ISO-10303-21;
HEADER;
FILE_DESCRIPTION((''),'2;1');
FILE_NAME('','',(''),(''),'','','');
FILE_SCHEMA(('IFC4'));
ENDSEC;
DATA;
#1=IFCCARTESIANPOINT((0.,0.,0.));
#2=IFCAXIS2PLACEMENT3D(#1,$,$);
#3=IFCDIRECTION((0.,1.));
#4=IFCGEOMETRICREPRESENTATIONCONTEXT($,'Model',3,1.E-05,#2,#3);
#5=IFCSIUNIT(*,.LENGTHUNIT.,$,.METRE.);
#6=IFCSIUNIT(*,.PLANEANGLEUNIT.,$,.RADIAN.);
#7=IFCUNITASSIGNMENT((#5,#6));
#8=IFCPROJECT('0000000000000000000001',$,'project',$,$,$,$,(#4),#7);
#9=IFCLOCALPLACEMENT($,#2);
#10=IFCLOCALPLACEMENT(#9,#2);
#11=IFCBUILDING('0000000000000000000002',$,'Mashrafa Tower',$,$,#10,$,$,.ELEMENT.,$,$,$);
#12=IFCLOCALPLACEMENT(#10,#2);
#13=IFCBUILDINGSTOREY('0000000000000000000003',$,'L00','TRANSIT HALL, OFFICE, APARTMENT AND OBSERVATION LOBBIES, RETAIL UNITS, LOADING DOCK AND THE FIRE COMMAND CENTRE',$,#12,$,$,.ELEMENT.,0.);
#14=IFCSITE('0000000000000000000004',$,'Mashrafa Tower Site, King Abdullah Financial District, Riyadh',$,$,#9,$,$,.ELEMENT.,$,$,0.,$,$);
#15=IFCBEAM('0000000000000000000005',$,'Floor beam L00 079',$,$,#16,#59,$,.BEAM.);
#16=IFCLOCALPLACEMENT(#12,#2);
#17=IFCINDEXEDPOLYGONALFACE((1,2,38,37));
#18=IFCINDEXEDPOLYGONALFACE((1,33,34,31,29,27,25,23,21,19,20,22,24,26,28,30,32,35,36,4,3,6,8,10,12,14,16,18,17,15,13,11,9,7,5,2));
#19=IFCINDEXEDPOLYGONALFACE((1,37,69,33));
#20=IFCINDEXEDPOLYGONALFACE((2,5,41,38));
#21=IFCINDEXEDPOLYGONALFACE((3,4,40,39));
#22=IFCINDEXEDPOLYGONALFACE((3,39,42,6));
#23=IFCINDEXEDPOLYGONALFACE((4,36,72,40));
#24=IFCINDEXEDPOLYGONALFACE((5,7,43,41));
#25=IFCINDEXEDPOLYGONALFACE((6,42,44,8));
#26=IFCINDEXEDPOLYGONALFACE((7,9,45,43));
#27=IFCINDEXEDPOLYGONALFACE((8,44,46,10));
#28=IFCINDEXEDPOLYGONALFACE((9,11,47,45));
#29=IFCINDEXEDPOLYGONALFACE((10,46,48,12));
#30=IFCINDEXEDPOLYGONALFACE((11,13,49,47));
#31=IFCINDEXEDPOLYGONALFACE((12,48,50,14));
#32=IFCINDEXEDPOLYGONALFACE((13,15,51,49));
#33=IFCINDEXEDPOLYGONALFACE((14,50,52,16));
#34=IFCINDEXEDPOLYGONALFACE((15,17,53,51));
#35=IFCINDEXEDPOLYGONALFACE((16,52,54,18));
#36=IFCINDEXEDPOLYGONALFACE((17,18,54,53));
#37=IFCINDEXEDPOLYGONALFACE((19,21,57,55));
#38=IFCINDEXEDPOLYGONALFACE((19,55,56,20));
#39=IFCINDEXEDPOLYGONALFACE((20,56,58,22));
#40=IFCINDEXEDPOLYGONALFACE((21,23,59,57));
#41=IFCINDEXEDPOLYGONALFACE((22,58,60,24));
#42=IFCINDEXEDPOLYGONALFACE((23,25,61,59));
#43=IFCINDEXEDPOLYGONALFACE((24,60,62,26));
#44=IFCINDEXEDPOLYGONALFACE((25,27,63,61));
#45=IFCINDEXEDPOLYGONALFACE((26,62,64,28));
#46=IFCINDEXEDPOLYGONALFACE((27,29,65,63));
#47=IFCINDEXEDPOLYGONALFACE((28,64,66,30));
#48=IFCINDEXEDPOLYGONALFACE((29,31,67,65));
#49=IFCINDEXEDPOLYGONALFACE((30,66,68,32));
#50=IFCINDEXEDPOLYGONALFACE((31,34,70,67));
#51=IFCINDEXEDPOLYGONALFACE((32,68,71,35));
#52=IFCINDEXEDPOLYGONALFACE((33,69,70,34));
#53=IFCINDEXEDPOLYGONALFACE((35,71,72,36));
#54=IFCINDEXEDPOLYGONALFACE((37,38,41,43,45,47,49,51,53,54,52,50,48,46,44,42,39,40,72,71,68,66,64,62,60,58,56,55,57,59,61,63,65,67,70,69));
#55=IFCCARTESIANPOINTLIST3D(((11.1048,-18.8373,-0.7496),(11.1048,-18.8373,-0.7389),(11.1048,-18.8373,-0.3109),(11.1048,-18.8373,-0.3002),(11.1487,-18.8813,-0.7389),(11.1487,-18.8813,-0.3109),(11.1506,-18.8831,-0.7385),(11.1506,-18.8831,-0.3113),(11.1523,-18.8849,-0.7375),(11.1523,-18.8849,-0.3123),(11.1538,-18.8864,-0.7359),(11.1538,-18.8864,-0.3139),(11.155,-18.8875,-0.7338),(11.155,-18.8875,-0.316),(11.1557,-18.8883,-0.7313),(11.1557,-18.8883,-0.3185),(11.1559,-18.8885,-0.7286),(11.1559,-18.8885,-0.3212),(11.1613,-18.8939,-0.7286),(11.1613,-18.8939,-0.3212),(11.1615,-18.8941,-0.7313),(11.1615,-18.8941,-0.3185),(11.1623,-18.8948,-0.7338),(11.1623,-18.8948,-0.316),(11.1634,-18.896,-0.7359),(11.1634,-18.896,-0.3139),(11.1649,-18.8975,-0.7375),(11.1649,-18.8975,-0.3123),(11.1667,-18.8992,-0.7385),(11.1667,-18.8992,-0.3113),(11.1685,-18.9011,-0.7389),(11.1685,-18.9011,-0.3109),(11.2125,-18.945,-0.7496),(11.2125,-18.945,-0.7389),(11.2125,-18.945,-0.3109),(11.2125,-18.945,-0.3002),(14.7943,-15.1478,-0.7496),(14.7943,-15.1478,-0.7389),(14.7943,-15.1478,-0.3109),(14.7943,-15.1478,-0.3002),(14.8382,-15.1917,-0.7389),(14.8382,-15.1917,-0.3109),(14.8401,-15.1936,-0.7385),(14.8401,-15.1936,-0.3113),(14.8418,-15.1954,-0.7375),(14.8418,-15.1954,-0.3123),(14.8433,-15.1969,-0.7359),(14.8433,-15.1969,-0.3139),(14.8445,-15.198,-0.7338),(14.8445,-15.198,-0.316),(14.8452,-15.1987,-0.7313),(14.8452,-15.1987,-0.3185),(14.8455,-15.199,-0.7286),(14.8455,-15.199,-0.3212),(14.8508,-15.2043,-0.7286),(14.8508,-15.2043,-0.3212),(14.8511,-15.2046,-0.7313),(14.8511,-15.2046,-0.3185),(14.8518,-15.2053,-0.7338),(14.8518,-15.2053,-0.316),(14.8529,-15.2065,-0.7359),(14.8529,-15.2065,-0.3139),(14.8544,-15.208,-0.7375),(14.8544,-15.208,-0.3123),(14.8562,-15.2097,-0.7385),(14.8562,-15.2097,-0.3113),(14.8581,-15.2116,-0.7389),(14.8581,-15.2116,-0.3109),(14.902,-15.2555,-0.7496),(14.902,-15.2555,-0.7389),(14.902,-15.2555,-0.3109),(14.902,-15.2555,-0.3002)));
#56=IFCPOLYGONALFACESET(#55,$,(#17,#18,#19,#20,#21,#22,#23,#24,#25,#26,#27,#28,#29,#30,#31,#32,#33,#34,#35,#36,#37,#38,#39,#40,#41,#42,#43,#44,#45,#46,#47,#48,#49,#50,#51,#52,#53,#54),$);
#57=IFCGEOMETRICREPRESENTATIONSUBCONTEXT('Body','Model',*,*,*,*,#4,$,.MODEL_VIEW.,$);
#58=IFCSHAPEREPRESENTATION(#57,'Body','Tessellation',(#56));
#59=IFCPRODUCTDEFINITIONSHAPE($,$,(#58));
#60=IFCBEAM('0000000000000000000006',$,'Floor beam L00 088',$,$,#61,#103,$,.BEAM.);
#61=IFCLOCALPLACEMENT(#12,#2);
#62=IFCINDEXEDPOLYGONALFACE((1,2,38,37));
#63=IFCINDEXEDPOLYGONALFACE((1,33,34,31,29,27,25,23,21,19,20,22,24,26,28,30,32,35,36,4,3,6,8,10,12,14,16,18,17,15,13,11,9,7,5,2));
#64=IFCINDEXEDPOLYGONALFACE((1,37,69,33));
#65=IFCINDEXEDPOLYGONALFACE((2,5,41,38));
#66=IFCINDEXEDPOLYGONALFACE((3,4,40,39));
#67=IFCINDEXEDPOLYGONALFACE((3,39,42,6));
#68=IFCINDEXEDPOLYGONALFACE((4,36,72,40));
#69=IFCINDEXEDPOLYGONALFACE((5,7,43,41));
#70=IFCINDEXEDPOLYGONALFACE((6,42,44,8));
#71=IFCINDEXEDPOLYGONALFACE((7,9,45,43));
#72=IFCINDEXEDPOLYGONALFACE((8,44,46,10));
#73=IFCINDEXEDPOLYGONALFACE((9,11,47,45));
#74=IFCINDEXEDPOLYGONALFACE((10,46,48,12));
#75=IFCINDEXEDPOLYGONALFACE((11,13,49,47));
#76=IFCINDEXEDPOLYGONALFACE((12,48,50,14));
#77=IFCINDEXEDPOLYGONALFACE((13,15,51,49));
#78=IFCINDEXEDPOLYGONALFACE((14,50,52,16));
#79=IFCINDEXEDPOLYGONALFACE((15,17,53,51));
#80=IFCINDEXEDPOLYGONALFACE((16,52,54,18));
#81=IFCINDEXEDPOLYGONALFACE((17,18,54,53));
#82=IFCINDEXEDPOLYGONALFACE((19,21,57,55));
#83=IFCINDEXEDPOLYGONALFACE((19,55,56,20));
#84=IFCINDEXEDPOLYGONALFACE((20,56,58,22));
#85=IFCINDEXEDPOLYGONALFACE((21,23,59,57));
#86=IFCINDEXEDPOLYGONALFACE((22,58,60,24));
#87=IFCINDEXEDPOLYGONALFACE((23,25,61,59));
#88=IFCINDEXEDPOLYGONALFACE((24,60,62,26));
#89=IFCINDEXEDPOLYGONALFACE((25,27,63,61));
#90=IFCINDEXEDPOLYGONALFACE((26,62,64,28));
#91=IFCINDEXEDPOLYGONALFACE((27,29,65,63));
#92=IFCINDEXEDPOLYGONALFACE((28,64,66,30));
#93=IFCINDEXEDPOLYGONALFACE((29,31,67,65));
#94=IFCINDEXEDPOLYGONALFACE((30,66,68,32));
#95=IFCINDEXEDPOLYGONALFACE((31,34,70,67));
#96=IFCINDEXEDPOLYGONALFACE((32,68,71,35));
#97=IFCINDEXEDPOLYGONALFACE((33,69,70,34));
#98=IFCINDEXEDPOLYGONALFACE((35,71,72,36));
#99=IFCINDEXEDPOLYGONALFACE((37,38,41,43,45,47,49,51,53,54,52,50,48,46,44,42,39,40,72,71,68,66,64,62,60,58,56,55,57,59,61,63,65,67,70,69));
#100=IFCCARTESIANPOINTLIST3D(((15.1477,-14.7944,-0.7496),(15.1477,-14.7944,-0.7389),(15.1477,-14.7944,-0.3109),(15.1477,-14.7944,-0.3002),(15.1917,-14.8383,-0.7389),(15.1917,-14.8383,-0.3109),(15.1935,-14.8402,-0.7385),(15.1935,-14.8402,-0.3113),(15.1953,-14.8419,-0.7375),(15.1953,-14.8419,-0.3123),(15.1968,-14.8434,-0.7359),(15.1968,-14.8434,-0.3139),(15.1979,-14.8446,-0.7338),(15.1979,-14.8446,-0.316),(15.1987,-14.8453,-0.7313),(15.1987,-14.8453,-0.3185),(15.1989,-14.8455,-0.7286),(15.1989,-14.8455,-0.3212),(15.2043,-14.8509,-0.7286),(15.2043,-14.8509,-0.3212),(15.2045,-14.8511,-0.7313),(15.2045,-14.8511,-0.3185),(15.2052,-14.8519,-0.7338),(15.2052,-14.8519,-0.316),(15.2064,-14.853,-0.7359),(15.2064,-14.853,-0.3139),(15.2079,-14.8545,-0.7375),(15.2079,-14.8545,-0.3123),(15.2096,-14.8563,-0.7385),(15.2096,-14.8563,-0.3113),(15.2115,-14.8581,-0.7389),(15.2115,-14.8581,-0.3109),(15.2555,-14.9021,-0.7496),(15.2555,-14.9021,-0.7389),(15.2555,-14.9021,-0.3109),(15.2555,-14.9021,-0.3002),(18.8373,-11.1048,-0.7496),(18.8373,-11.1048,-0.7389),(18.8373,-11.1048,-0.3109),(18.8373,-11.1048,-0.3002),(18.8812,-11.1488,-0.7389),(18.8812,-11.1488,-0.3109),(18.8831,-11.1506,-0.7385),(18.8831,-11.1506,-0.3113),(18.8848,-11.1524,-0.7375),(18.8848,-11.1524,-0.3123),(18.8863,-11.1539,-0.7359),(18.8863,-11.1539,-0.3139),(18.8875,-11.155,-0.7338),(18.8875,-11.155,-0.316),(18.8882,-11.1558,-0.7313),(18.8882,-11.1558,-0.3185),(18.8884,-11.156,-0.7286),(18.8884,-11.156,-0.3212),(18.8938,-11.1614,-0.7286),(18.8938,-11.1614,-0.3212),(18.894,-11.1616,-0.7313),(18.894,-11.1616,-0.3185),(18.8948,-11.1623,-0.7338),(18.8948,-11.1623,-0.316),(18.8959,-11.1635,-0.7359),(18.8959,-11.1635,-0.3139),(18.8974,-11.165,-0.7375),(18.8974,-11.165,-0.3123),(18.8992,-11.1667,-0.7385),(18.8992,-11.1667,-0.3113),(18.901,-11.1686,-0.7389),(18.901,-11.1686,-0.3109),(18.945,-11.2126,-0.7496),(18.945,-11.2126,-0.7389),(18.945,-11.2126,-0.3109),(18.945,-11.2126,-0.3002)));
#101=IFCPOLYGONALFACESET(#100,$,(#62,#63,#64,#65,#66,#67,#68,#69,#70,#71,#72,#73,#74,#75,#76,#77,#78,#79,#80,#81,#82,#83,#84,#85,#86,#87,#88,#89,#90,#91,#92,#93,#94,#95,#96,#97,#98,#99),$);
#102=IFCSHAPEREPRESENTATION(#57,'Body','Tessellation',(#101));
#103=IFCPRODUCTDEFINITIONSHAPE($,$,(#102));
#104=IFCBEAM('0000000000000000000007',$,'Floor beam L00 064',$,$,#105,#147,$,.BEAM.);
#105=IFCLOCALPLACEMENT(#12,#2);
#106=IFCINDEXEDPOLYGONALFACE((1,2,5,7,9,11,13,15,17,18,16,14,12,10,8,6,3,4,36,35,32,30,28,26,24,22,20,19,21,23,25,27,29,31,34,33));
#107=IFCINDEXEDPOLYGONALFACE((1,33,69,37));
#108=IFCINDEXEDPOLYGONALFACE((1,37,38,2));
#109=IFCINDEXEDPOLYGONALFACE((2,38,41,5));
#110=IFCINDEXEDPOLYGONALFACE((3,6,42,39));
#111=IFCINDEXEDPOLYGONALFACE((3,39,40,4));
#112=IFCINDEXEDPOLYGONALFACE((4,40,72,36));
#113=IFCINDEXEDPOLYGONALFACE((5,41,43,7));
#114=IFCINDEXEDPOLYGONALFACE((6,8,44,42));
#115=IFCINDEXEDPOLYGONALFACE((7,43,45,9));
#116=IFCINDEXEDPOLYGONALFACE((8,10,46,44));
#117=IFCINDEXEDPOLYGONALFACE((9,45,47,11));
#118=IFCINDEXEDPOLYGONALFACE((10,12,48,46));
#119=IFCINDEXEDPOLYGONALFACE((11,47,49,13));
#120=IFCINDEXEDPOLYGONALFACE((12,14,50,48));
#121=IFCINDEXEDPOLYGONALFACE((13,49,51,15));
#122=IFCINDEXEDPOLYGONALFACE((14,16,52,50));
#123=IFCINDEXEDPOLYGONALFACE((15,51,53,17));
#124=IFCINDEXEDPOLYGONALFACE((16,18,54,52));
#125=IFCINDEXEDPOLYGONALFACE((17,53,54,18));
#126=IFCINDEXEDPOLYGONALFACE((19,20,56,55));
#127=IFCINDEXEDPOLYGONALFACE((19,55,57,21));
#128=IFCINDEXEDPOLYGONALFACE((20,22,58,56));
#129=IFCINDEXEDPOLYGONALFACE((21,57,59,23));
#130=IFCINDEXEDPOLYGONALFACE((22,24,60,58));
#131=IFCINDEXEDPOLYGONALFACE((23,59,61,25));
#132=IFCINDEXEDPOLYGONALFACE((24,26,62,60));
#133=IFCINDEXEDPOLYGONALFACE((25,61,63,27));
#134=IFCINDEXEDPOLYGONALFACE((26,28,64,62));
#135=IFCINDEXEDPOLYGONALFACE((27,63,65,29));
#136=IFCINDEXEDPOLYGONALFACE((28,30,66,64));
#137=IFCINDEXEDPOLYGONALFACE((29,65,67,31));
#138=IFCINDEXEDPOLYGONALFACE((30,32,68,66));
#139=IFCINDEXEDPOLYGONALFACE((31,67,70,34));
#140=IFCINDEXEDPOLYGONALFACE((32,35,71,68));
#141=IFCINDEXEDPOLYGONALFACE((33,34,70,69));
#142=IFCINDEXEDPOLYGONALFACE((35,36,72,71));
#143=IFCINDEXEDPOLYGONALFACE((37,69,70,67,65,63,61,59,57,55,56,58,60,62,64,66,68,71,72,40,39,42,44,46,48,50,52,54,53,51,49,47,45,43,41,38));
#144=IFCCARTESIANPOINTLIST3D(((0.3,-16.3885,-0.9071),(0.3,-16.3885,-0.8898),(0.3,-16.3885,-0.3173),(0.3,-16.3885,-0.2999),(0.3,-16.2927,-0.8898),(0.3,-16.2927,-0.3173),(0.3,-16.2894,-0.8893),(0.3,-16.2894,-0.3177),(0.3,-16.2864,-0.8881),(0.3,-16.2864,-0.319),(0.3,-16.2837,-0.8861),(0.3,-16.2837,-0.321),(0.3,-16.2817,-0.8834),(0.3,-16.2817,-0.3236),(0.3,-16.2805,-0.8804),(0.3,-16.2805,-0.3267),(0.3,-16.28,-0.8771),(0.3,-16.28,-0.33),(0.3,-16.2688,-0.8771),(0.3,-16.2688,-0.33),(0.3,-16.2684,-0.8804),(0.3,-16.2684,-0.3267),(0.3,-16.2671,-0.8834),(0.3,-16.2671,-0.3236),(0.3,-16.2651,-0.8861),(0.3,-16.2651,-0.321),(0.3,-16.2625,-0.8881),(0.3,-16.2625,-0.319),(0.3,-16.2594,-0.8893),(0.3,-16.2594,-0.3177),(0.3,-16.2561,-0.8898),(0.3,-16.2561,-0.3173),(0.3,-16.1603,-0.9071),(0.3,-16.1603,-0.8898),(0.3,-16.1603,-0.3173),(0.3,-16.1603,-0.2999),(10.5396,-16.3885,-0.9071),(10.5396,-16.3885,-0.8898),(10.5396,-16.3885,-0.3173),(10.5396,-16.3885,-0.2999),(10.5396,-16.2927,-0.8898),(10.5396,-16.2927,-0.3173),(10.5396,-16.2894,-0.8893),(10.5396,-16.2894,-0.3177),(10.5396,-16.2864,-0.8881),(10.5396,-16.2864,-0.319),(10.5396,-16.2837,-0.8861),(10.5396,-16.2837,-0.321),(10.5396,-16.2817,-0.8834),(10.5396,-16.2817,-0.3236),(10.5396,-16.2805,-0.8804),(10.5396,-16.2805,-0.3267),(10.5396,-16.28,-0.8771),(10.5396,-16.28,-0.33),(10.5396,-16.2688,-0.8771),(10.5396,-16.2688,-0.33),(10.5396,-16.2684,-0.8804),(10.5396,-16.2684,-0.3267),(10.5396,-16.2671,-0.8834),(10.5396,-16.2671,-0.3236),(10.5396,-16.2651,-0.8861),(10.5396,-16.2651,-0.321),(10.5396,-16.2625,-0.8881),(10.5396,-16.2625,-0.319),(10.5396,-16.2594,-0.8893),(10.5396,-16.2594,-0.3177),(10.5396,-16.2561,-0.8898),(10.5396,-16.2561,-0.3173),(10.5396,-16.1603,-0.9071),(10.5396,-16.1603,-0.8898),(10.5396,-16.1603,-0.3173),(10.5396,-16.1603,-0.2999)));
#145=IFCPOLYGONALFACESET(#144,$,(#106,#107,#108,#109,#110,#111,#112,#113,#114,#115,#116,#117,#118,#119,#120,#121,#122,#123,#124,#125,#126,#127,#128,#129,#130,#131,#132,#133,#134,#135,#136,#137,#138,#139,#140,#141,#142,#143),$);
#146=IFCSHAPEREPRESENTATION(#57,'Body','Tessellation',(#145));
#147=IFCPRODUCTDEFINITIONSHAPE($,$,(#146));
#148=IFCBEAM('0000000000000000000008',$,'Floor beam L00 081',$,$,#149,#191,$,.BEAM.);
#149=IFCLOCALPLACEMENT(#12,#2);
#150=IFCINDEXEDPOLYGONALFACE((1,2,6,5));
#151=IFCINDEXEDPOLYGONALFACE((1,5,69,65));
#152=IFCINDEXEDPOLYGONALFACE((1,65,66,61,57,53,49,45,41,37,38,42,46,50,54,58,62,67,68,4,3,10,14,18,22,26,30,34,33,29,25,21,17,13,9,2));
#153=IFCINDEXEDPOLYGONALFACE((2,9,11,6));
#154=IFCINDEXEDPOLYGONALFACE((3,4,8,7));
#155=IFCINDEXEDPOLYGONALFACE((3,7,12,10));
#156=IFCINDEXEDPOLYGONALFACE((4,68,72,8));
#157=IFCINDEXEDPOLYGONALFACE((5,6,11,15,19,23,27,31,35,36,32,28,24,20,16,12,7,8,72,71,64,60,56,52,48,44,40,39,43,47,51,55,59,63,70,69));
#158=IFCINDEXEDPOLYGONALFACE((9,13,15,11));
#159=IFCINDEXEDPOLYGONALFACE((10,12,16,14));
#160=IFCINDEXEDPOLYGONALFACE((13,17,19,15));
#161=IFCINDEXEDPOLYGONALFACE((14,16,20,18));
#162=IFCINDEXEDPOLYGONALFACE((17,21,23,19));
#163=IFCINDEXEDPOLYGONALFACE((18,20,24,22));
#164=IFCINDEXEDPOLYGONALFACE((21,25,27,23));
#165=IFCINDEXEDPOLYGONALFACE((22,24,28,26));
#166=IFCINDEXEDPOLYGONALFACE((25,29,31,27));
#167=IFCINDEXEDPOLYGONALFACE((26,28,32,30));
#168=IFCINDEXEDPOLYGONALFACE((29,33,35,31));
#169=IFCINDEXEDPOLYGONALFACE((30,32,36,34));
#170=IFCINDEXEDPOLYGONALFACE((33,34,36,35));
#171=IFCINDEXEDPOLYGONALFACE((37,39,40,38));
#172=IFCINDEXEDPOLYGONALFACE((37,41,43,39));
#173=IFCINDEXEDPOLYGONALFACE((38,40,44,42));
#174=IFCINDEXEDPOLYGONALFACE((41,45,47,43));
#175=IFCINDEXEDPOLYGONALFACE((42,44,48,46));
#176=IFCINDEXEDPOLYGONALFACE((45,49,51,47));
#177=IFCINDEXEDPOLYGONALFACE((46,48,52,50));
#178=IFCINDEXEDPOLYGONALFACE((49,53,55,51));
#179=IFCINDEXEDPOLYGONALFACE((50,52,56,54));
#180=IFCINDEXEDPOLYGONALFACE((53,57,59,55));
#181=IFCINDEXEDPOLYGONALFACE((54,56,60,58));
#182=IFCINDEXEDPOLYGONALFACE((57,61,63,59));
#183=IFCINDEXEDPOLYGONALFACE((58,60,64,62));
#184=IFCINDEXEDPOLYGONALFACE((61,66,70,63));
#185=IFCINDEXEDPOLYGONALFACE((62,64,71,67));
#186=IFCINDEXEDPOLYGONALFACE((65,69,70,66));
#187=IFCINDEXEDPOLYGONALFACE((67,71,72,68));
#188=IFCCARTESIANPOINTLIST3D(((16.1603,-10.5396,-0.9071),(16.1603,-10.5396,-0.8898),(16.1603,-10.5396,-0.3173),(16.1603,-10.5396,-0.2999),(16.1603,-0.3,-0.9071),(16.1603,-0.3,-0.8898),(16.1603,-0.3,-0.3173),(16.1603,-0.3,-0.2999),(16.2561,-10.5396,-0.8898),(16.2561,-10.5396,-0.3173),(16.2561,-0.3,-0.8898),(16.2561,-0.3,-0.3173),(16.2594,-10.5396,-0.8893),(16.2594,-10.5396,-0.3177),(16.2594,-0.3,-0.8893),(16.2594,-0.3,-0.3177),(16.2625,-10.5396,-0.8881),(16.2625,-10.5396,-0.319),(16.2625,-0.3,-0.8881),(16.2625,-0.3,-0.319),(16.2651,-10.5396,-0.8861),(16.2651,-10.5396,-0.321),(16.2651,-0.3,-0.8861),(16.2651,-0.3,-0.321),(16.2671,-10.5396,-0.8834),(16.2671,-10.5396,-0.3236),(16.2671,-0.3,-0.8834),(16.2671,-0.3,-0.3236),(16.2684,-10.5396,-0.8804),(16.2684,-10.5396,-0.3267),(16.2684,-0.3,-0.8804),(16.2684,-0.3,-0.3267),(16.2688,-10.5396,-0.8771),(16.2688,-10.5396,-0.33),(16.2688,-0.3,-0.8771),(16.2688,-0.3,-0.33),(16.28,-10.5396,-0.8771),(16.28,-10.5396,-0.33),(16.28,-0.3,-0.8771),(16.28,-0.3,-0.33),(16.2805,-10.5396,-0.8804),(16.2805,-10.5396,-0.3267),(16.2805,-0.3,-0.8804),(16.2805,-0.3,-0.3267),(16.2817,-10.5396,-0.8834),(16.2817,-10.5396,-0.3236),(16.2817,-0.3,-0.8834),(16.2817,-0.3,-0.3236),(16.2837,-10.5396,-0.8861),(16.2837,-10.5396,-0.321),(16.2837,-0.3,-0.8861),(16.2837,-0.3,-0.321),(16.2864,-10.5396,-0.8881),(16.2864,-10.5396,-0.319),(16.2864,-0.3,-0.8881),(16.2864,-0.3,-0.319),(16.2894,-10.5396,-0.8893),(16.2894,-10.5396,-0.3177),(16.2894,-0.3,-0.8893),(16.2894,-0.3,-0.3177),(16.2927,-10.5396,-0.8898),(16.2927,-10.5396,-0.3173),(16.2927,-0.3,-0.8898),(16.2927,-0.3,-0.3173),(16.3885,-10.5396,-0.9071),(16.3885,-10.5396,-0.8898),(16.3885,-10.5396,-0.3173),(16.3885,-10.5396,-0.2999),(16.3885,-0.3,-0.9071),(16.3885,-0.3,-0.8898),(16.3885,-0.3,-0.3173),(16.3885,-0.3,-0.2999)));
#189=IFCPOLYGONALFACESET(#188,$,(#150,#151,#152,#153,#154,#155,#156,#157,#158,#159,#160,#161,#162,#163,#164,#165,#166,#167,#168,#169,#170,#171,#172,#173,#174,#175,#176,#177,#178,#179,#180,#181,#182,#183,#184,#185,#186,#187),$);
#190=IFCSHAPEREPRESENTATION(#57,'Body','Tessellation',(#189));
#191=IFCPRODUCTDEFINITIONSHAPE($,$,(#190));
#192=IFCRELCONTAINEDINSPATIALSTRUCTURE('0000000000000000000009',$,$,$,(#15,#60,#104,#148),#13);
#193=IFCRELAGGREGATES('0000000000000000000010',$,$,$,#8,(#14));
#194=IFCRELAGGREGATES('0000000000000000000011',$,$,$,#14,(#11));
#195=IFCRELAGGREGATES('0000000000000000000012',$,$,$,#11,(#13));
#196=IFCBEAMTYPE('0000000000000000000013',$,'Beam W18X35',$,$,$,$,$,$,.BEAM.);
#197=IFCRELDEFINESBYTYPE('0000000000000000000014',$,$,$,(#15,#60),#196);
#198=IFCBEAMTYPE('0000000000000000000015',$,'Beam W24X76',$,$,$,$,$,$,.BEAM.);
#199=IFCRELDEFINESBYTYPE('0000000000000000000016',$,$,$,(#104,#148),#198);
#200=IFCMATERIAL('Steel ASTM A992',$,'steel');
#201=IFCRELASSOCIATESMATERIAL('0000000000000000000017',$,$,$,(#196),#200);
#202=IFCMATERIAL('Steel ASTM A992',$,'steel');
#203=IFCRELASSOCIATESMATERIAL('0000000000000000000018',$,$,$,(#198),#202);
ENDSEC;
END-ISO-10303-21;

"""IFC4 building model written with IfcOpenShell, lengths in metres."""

from ifc_helpers import new_model, si_unit, direction, frame, origin, origin_2d, place, context, subcontext, project, spatial, i_section, extrude, material, material_profile, profile_set, type_object, element, save


model = new_model("IFC4")

# Units and contexts
model_context = context("Model", 3, precision=1e-05, world=origin(), true_north=direction((0.0, 1.0)))
body_context = subcontext(model_context, "Body", "Model", "MODEL_VIEW")
ifc_project = project(units=[si_unit("LENGTHUNIT", "METRE"), si_unit("PLANEANGLEUNIT", "RADIAN")], contexts=[model_context])

# Site, building, storey
site_placement = place(None, origin())
site = spatial("IfcSite", under=ifc_project, at=site_placement, Name="Mashrafa Tower Site, King Abdullah Financial District, Riyadh", CompositionType="ELEMENT", RefElevation=0.0)
building_placement = place(site_placement, origin())
building = spatial("IfcBuilding", under=site, at=building_placement, Name="Mashrafa Tower", CompositionType="ELEMENT")
storey_placement = place(building_placement, origin())
storey = spatial("IfcBuildingStorey", under=building, at=storey_placement, Name="L00", Description="TRANSIT HALL, OFFICE, APARTMENT AND OBSERVATION LOBBIES, RETAIL UNITS, LOADING DOCK AND THE FIRE COMMAND CENTRE", CompositionType="ELEMENT", Elevation=0.0)

# Beams
ifc_material_1 = material(Name="Steel ASTM A992", Category="steel")
ifc_material_profile_1 = material_profile(ifc_material_1, i_section(OverallWidth=0.1523, OverallDepth=0.4495, WebThickness=0.0076, FlangeThickness=0.0107, FilletRadius=0.0103, at=origin_2d()), Name="W18X35")
ifc_profile_set_1 = profile_set([ifc_material_profile_1], Name="Steel ASTM A992")
beam_type_1 = type_object("IfcBeamType", Name="Beam W18X35", PredefinedType="BEAM", material=ifc_profile_set_1)
for number, where, z_axis, x_axis, name in (
    (1, (14.8481, -15.2017, -0.5249), (-0.707107, -0.707107, 0.0), (0.707107, -0.707107, 0.0), "Floor beam L00 079"),
    (2, (18.8911, -11.1587, -0.5249), (-0.707107, -0.707107, 0.0), (0.707107, -0.707107, 0.0), "Floor beam L00 088"),
):
    element("IfcBeam", number, at=place(storey_placement, frame(where, z_axis=z_axis, x_axis=x_axis)), inside=storey, type_object=beam_type_1, Name=name, PredefinedType="BEAM", context=body_context, shape_type="SweptSolid", body=[
        extrude(i_section(OverallWidth=0.1523, OverallDepth=0.4495, WebThickness=0.0076, FlangeThickness=0.0107, FilletRadius=0.0103, at=origin_2d()), origin(), (0.0, 0.0, 1.0), 5.2178),
    ])
ifc_material_2 = material(Name="Steel ASTM A992", Category="steel")
ifc_material_profile_2 = material_profile(ifc_material_2, i_section(OverallWidth=0.2283, OverallDepth=0.6072, WebThickness=0.0112, FlangeThickness=0.0173, FilletRadius=0.0127, at=origin_2d()), Name="W24X76")
ifc_profile_set_2 = profile_set([ifc_material_profile_2], Name="Steel ASTM A992")
beam_type_2 = type_object("IfcBeamType", Name="Beam W24X76", PredefinedType="BEAM", material=ifc_profile_set_2)
for number, where, z_axis, x_axis, name in (
    (3, (10.5396, -16.2744, -0.6035), (-1.0, 0.0, 0.0), (0.0, -1.0, 0.0), "Floor beam L00 064"),
    (4, (16.2744, -0.3, -0.6035), (0.0, -1.0, 0.0), (1.0, 0.0, 0.0), "Floor beam L00 081"),
):
    element("IfcBeam", number, at=place(storey_placement, frame(where, z_axis=z_axis, x_axis=x_axis)), inside=storey, type_object=beam_type_2, Name=name, PredefinedType="BEAM", context=body_context, shape_type="SweptSolid", body=[
        extrude(i_section(OverallWidth=0.2283, OverallDepth=0.6072, WebThickness=0.0112, FlangeThickness=0.0173, FilletRadius=0.0127, at=origin_2d()), origin(), (0.0, 0.0, 1.0), 10.2395),
    ])

save(model, "model.ifc")
